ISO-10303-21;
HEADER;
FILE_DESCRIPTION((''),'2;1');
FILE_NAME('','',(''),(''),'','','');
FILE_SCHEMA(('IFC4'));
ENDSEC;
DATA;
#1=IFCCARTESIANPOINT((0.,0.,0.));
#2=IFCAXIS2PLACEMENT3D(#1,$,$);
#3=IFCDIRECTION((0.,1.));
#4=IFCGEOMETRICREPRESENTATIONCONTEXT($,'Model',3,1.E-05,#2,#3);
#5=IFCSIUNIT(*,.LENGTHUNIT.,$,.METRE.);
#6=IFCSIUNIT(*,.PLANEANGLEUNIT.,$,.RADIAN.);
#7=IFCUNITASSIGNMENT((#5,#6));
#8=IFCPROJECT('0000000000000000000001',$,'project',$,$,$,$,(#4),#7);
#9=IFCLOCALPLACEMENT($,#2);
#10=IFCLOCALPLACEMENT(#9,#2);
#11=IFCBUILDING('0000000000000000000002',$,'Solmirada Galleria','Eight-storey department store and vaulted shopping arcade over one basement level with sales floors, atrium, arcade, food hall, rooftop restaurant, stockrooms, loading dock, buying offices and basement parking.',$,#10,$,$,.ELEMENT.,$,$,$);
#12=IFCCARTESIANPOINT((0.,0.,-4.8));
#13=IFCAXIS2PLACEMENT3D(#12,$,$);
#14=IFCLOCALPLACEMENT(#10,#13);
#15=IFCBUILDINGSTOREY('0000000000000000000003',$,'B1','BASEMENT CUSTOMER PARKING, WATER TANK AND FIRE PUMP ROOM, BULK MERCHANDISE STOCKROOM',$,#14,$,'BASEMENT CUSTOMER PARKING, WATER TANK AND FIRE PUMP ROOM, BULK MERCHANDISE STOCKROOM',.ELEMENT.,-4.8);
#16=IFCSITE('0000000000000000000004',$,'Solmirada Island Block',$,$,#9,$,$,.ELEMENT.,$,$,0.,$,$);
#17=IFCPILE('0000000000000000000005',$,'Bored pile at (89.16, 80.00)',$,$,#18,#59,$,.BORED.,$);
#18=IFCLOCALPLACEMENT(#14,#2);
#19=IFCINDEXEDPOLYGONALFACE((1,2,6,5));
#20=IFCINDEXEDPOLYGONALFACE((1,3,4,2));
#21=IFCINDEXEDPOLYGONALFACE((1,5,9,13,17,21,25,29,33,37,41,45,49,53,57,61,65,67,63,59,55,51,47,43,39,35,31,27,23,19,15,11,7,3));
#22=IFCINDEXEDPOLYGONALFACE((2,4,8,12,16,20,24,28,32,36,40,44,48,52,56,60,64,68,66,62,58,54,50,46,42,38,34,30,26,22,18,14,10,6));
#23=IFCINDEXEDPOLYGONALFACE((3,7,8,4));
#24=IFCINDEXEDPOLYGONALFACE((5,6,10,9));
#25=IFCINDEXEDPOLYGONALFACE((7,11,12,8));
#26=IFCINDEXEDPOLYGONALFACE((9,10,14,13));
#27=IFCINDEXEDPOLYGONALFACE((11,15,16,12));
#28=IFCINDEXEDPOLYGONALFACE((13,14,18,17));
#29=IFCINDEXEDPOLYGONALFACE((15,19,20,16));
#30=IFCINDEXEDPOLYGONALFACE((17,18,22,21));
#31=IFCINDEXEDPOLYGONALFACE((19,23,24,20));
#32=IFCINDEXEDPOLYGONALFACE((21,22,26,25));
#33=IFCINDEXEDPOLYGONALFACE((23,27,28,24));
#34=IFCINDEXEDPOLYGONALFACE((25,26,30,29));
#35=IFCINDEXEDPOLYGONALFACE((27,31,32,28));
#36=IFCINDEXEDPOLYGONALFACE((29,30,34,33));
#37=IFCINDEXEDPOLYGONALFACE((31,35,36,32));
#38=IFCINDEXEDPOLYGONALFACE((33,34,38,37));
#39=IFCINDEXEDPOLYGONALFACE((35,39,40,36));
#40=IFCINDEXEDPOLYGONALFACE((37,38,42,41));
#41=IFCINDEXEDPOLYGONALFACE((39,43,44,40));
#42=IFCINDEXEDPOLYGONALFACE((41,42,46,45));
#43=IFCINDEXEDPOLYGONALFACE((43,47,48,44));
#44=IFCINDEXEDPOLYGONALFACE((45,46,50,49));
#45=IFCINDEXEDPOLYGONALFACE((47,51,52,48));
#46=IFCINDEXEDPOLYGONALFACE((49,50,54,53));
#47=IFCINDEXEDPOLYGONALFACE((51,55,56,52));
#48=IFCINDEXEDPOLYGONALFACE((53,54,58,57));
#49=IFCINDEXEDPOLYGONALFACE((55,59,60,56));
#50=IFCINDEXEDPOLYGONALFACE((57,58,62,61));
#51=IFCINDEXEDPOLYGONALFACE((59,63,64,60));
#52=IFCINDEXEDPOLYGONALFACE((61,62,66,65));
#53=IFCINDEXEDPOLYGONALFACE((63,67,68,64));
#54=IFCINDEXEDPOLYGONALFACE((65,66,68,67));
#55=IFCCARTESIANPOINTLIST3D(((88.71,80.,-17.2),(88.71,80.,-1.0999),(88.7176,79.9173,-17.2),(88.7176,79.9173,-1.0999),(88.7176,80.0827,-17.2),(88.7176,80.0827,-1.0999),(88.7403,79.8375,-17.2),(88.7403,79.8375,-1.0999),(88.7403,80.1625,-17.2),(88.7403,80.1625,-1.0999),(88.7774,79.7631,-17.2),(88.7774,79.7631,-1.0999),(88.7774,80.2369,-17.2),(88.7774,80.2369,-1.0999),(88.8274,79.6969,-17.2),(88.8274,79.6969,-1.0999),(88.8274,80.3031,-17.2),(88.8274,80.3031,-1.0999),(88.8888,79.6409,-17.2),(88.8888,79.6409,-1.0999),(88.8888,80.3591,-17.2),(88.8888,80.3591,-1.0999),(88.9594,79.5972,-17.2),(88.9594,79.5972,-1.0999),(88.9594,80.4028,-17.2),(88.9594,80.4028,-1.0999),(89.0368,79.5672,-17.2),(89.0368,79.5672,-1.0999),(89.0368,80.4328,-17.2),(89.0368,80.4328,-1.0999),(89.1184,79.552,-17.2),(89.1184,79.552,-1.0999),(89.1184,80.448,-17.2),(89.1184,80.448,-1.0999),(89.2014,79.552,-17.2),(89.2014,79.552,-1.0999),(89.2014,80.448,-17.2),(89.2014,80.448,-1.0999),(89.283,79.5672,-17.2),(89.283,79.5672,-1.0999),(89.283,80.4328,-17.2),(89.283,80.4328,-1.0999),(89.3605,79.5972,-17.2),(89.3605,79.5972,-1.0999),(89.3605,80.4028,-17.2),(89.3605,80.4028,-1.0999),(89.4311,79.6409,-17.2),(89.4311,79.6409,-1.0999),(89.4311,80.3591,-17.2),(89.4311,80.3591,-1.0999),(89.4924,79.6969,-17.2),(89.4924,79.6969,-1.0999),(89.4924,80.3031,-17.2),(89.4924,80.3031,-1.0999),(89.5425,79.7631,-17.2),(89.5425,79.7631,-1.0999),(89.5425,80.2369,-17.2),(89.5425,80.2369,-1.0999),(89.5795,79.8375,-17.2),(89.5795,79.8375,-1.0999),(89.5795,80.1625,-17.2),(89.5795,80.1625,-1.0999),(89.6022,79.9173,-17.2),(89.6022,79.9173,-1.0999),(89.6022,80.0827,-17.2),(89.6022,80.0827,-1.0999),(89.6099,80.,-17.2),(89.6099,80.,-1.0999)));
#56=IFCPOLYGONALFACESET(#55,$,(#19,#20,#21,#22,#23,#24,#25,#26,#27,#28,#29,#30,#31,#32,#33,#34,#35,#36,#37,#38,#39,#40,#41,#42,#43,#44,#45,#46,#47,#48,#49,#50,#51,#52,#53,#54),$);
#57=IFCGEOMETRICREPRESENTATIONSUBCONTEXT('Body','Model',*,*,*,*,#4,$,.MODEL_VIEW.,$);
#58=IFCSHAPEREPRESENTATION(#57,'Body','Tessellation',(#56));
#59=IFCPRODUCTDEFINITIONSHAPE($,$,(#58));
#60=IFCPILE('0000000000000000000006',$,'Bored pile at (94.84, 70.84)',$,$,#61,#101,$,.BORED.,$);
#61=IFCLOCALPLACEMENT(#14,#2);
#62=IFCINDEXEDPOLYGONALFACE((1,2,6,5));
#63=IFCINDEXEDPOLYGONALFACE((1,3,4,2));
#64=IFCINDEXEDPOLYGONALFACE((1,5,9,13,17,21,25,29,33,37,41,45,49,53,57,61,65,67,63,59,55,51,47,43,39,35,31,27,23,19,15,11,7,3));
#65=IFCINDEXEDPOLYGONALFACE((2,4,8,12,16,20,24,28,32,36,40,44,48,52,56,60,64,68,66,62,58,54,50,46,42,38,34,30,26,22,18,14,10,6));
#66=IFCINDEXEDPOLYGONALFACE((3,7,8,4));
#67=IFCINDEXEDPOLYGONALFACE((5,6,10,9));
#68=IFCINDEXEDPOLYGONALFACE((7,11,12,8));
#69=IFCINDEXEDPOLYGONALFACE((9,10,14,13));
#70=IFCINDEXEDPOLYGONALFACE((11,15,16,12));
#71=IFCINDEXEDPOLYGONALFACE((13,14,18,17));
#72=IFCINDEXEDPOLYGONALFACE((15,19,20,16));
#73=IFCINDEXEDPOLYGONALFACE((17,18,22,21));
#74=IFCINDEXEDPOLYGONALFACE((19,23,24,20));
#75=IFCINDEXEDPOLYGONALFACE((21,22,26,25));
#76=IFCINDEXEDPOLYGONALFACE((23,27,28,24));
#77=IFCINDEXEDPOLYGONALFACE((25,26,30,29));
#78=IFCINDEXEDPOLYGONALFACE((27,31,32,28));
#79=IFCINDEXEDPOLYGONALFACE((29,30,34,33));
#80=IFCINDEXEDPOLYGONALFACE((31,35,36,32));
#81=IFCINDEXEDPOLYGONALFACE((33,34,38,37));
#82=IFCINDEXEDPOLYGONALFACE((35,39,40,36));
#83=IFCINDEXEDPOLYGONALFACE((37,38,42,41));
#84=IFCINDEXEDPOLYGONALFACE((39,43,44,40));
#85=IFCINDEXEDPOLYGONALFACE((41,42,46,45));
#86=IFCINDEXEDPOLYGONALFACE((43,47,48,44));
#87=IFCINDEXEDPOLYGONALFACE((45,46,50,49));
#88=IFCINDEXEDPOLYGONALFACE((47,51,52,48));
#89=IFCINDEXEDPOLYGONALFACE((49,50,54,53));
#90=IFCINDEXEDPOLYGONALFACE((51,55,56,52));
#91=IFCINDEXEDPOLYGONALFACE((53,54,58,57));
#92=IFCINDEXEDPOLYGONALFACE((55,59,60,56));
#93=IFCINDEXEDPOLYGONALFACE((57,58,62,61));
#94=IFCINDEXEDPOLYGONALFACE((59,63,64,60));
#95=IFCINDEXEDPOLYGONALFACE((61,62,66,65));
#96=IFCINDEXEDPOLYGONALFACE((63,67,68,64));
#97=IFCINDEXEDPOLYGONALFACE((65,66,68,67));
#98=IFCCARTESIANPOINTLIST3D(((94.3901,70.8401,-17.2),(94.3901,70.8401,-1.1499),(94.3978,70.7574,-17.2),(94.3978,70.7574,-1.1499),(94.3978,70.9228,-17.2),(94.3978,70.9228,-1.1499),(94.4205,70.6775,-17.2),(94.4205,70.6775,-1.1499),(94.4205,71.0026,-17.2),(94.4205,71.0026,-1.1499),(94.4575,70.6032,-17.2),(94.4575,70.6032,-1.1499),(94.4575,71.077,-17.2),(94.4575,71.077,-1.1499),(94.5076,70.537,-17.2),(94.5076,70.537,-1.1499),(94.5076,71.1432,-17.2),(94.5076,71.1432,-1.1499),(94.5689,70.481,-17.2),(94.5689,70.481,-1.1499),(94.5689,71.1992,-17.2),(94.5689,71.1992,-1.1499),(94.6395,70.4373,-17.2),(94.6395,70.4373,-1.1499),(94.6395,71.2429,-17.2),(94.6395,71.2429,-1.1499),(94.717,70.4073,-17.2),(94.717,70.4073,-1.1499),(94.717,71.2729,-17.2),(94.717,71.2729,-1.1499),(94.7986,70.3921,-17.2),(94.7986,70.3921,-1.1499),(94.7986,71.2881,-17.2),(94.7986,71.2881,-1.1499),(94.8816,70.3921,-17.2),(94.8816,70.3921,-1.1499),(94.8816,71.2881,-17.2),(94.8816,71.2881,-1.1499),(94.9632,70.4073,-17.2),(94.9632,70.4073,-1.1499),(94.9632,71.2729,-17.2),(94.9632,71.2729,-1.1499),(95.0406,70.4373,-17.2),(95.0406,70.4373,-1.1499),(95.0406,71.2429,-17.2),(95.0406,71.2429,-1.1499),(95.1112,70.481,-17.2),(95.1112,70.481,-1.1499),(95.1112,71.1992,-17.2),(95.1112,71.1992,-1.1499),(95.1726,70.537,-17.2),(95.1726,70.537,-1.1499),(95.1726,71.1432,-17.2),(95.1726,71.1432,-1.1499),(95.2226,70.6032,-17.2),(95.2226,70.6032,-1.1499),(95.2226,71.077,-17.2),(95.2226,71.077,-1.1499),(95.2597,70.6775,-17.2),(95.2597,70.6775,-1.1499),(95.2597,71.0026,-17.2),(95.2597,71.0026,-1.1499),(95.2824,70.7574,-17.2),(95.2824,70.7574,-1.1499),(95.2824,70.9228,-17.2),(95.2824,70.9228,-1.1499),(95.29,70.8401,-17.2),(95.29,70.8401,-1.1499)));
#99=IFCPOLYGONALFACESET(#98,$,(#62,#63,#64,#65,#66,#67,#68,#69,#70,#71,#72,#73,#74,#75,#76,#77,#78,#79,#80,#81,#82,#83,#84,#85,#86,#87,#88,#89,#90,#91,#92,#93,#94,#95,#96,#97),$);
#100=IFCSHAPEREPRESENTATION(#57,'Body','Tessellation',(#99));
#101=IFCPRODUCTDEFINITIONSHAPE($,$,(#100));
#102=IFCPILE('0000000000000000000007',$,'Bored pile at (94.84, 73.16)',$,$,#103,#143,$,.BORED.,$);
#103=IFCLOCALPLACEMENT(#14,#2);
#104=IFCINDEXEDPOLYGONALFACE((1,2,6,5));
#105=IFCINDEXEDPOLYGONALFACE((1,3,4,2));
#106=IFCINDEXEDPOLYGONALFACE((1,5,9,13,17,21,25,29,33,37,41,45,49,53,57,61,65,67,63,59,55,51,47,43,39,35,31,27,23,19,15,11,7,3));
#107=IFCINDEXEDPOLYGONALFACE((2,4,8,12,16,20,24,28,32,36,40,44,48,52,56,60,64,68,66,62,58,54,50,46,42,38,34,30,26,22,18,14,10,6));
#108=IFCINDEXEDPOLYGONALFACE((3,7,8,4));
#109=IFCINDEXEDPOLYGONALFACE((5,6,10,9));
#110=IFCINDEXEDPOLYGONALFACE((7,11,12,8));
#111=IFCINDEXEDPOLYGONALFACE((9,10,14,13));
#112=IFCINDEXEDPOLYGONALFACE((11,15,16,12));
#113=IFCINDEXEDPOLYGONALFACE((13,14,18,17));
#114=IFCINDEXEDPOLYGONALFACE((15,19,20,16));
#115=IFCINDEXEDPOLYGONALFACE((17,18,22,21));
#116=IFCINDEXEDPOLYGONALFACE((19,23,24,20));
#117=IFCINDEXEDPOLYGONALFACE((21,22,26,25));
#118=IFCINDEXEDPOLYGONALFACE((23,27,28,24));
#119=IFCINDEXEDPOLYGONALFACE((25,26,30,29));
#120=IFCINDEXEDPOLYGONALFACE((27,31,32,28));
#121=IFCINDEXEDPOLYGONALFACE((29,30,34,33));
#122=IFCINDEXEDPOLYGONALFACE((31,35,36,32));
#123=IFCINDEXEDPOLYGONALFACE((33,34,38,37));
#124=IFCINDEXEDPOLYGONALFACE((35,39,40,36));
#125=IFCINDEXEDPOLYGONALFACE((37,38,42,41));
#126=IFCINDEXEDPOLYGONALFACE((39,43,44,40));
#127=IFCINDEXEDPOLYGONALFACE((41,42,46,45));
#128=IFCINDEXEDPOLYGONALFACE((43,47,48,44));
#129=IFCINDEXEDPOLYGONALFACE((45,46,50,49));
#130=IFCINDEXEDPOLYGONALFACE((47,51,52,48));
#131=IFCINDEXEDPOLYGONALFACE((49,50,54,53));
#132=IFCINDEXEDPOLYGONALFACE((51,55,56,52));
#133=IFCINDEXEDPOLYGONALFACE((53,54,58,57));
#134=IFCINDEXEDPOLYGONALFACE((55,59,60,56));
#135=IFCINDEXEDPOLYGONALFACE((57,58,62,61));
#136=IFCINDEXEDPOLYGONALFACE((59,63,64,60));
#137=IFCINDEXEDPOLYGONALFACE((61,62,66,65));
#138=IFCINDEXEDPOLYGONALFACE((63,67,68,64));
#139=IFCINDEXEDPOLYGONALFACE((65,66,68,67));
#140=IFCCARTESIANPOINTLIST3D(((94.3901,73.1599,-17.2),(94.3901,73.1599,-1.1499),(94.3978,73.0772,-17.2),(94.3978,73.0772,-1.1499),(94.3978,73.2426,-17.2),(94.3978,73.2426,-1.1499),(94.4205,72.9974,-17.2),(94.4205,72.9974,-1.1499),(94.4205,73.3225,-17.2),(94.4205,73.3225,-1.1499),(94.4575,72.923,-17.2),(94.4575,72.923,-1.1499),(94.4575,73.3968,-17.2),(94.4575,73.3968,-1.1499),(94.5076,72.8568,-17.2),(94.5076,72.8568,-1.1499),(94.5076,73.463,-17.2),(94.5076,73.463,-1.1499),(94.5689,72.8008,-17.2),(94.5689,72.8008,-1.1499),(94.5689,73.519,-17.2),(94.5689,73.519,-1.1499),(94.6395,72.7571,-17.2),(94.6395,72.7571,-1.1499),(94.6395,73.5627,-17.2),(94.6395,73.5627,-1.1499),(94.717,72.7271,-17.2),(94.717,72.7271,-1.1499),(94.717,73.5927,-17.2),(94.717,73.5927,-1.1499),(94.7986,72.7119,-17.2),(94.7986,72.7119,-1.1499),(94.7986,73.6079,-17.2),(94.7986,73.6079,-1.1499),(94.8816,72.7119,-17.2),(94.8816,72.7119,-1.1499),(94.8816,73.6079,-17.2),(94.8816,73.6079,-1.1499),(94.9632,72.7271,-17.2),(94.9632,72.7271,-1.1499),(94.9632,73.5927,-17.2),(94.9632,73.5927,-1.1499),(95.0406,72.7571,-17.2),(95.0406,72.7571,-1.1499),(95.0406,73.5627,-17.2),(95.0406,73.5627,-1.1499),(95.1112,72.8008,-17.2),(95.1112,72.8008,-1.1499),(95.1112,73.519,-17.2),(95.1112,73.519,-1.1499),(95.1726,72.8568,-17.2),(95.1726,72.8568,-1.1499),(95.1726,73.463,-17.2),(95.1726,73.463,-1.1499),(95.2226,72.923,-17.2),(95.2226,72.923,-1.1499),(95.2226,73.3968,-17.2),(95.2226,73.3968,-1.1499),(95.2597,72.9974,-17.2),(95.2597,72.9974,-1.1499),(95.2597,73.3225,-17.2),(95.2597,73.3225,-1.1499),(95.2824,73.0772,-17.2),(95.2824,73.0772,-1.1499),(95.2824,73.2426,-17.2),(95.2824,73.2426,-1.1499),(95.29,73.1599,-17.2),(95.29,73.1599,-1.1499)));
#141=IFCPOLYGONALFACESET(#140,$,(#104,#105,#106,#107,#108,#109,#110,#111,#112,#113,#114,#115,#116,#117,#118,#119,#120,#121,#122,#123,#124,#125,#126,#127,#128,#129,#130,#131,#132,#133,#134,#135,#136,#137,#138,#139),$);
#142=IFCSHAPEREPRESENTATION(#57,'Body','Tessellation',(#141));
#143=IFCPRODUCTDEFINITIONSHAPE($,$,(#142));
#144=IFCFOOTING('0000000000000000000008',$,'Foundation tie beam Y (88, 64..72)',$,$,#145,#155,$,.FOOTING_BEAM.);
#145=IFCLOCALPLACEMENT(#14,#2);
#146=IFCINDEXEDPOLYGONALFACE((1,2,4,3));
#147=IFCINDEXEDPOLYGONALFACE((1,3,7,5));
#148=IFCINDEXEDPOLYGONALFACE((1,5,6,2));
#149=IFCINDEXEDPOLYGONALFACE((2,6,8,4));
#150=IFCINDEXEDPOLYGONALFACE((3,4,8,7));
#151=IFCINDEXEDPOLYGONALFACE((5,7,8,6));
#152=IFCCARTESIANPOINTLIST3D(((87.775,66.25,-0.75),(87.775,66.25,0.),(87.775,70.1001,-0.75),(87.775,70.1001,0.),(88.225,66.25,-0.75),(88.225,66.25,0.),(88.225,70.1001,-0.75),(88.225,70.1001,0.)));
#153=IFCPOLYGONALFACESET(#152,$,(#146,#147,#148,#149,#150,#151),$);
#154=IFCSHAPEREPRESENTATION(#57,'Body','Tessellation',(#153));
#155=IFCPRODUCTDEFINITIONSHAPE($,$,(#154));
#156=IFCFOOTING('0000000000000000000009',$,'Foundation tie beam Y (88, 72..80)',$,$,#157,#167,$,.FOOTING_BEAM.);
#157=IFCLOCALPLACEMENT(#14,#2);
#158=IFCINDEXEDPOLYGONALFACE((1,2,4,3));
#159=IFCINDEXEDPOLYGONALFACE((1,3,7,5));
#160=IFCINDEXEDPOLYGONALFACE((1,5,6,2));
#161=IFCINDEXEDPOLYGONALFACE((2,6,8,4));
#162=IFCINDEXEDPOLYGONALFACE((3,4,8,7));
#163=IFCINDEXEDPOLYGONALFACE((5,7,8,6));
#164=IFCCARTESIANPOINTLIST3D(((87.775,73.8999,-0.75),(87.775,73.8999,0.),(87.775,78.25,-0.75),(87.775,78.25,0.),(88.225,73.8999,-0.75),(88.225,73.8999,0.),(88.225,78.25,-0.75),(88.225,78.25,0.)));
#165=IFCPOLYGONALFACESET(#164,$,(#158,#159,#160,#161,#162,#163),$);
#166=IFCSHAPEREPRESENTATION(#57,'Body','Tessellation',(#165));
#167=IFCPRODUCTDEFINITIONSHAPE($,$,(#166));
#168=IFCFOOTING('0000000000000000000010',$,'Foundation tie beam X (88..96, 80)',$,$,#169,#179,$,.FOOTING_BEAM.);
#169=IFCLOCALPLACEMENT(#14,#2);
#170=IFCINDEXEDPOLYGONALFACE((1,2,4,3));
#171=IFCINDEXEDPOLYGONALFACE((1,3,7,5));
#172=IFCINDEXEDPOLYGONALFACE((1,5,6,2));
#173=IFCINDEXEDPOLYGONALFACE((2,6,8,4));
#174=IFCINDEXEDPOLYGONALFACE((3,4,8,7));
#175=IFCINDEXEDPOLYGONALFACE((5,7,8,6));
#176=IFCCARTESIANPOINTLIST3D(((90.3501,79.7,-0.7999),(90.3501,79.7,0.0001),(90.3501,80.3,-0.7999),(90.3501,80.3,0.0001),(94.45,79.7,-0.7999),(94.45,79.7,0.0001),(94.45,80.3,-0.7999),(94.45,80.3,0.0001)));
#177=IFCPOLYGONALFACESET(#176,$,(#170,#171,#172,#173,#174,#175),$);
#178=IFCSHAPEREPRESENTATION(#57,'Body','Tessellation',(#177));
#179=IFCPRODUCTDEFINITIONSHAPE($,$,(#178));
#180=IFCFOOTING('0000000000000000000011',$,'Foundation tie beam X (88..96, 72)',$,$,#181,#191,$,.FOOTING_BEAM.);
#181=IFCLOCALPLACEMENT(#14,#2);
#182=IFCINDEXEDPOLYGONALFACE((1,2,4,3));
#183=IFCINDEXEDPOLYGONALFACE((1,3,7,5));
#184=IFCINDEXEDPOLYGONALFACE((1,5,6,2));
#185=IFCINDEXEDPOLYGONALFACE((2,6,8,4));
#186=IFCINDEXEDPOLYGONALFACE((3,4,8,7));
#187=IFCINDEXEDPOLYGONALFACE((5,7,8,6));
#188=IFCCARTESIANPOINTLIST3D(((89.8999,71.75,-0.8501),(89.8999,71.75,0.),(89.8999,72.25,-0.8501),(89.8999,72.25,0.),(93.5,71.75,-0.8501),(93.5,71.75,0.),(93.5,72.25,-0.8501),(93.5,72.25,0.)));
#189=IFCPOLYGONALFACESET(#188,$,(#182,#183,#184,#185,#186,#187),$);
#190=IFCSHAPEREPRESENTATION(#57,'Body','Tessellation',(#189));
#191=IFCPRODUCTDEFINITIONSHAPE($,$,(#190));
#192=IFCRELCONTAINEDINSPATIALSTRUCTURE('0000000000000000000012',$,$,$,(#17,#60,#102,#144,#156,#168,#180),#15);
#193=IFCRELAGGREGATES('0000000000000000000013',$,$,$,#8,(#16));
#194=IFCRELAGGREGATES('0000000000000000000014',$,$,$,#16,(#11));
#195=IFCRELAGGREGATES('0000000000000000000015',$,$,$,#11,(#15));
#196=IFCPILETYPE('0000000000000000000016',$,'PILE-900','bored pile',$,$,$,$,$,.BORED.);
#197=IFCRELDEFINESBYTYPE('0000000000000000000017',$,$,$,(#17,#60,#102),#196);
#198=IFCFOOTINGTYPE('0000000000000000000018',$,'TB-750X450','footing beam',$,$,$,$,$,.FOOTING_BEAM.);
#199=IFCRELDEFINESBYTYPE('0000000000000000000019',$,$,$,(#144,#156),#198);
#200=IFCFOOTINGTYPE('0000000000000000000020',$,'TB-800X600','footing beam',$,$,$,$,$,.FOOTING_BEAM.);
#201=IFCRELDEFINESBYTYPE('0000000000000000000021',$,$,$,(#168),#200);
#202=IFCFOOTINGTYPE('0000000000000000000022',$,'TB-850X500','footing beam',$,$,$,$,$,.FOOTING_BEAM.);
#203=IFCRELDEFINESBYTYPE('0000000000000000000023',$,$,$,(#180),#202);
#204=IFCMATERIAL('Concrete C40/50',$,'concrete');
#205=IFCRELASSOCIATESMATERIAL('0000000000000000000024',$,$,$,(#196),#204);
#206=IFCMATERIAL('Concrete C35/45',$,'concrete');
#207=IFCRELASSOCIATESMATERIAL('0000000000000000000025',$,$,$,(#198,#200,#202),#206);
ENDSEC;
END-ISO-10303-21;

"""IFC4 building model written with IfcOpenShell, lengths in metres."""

from ifc_helpers import new_model, si_unit, direction, frame, origin, origin_2d, place, context, subcontext, project, spatial, rectangle, circle, extrude, material, material_profile, profile_set, type_object, element, save


model = new_model("IFC4")

# Units and contexts
model_context = context("Model", 3, precision=1e-05, world=origin(), true_north=direction((0.0, 1.0)))
body_context = subcontext(model_context, "Body", "Model", "MODEL_VIEW")
ifc_project = project(units=[si_unit("LENGTHUNIT", "METRE"), si_unit("PLANEANGLEUNIT", "RADIAN")], contexts=[model_context])

# Site, building, storey
site_placement = place(None, origin())
site = spatial("IfcSite", under=ifc_project, at=site_placement, Name="Solmirada Island Block", CompositionType="ELEMENT", RefElevation=0.0)
building_placement = place(site_placement, origin())
building = spatial("IfcBuilding", under=site, at=building_placement, Name="Solmirada Galleria", Description="Eight-storey department store and vaulted shopping arcade over one basement level with sales floors, atrium, arcade, food hall, rooftop restaurant, stockrooms, loading dock, buying offices and basement parking.", CompositionType="ELEMENT")
storey_placement = place(building_placement, frame((0.0, 0.0, -4.8)))
storey = spatial("IfcBuildingStorey", under=building, at=storey_placement, Name="B1", Description="BASEMENT CUSTOMER PARKING, WATER TANK AND FIRE PUMP ROOM, BULK MERCHANDISE STOCKROOM", LongName="BASEMENT CUSTOMER PARKING, WATER TANK AND FIRE PUMP ROOM, BULK MERCHANDISE STOCKROOM", CompositionType="ELEMENT", Elevation=-4.8)

# Shared definitions
ifc_material_1 = material(Name="Concrete C35/45", Category="concrete")

# Piles
ifc_material_2 = material(Name="Concrete C40/50", Category="concrete")
ifc_material_profile_1 = material_profile(ifc_material_2, circle(Radius=0.45, at=origin_2d()), Name="PILE900")
ifc_profile_set_1 = profile_set([ifc_material_profile_1], Name="Concrete C40/50")
pile_type = type_object("IfcPileType", Name="PILE-900", Description="bored pile", PredefinedType="BORED", material=ifc_profile_set_1)
pile_1_placement = place(storey_placement, frame((89.1599, 80.0, -1.0999), z_axis=(0.0, 0.0, -1.0), x_axis=(1.0, 0.0, 0.0)))
element("IfcPile", 1, at=pile_1_placement, inside=storey, type_object=pile_type, Name="Bored pile at (89.16, 80.00)", PredefinedType="BORED", context=body_context, shape_type="SweptSolid", body=[
    extrude(circle(Radius=0.45, at=origin_2d()), origin(), (0.0, 0.0, 1.0), 16.1001),
])
for number, where, z_axis, x_axis, name in (
    (2, (94.8401, 70.8401, -1.1499), (0.0, 0.0, -1.0), (1.0, 0.0, 0.0), "Bored pile at (94.84, 70.84)"),
    (3, (94.8401, 73.1599, -1.1499), (0.0, 0.0, -1.0), (1.0, 0.0, 0.0), "Bored pile at (94.84, 73.16)"),
):
    element("IfcPile", number, at=place(storey_placement, frame(where, z_axis=z_axis, x_axis=x_axis)), inside=storey, type_object=pile_type, Name=name, PredefinedType="BORED", context=body_context, shape_type="SweptSolid", body=[
        extrude(circle(Radius=0.45, at=origin_2d()), origin(), (0.0, 0.0, 1.0), 16.05),
    ])

# Footings
ifc_material_profile_2 = material_profile(ifc_material_1, rectangle(XDim=0.45, YDim=0.75, at=origin_2d()), Name="RC750X450")
ifc_profile_set_2 = profile_set([ifc_material_profile_2], Name="Concrete C35/45")
footing_type_1 = type_object("IfcFootingType", Name="TB-750X450", Description="footing beam", PredefinedType="FOOTING_BEAM", material=ifc_profile_set_2)
footing_1_placement = place(storey_placement, frame((88.0, 66.25, -0.375), z_axis=(0.0, 1.0, 0.0), x_axis=(-1.0, 0.0, 0.0)))
element("IfcFooting", 4, at=footing_1_placement, inside=storey, type_object=footing_type_1, Name="Foundation tie beam Y (88, 64..72)", PredefinedType="FOOTING_BEAM", context=body_context, shape_type="SweptSolid", body=[
    extrude(rectangle(XDim=0.45, YDim=0.75, at=origin_2d()), origin(), (0.0, 0.0, 1.0), 3.8501),
])
footing_2_placement = place(storey_placement, frame((88.0, 73.8999, -0.375), z_axis=(0.0, 1.0, 0.0), x_axis=(-1.0, 0.0, 0.0)))
element("IfcFooting", 5, at=footing_2_placement, inside=storey, type_object=footing_type_1, Name="Foundation tie beam Y (88, 72..80)", PredefinedType="FOOTING_BEAM", context=body_context, shape_type="SweptSolid", body=[
    extrude(rectangle(XDim=0.45, YDim=0.75, at=origin_2d()), origin(), (0.0, 0.0, 1.0), 4.3501),
])
ifc_material_profile_3 = material_profile(ifc_material_1, rectangle(XDim=0.6001, YDim=0.8, at=origin_2d()), Name="RC800X600")
ifc_profile_set_3 = profile_set([ifc_material_profile_3], Name="Concrete C35/45")
footing_type_2 = type_object("IfcFootingType", Name="TB-800X600", Description="footing beam", PredefinedType="FOOTING_BEAM", material=ifc_profile_set_3)
footing_3_placement = place(storey_placement, frame((90.3501, 80.0, -0.3999), z_axis=(1.0, 0.0, 0.0), x_axis=(0.0, 1.0, 0.0)))
element("IfcFooting", 6, at=footing_3_placement, inside=storey, type_object=footing_type_2, Name="Foundation tie beam X (88..96, 80)", PredefinedType="FOOTING_BEAM", context=body_context, shape_type="SweptSolid", body=[
    extrude(rectangle(XDim=0.6001, YDim=0.8, at=origin_2d()), origin(), (0.0, 0.0, 1.0), 4.0999),
])
ifc_material_profile_4 = material_profile(ifc_material_1, rectangle(XDim=0.5, YDim=0.8501, at=origin_2d()), Name="RC850X500")
ifc_profile_set_4 = profile_set([ifc_material_profile_4], Name="Concrete C35/45")
footing_type_3 = type_object("IfcFootingType", Name="TB-850X500", Description="footing beam", PredefinedType="FOOTING_BEAM", material=ifc_profile_set_4)
footing_4_placement = place(storey_placement, frame((89.8999, 72.0, -0.425), z_axis=(1.0, 0.0, 0.0), x_axis=(0.0, 1.0, 0.0)))
element("IfcFooting", 7, at=footing_4_placement, inside=storey, type_object=footing_type_3, Name="Foundation tie beam X (88..96, 72)", PredefinedType="FOOTING_BEAM", context=body_context, shape_type="SweptSolid", body=[
    extrude(rectangle(XDim=0.5, YDim=0.8501, at=origin_2d()), origin(), (0.0, 0.0, 1.0), 3.6001),
])

save(model, "model.ifc")
